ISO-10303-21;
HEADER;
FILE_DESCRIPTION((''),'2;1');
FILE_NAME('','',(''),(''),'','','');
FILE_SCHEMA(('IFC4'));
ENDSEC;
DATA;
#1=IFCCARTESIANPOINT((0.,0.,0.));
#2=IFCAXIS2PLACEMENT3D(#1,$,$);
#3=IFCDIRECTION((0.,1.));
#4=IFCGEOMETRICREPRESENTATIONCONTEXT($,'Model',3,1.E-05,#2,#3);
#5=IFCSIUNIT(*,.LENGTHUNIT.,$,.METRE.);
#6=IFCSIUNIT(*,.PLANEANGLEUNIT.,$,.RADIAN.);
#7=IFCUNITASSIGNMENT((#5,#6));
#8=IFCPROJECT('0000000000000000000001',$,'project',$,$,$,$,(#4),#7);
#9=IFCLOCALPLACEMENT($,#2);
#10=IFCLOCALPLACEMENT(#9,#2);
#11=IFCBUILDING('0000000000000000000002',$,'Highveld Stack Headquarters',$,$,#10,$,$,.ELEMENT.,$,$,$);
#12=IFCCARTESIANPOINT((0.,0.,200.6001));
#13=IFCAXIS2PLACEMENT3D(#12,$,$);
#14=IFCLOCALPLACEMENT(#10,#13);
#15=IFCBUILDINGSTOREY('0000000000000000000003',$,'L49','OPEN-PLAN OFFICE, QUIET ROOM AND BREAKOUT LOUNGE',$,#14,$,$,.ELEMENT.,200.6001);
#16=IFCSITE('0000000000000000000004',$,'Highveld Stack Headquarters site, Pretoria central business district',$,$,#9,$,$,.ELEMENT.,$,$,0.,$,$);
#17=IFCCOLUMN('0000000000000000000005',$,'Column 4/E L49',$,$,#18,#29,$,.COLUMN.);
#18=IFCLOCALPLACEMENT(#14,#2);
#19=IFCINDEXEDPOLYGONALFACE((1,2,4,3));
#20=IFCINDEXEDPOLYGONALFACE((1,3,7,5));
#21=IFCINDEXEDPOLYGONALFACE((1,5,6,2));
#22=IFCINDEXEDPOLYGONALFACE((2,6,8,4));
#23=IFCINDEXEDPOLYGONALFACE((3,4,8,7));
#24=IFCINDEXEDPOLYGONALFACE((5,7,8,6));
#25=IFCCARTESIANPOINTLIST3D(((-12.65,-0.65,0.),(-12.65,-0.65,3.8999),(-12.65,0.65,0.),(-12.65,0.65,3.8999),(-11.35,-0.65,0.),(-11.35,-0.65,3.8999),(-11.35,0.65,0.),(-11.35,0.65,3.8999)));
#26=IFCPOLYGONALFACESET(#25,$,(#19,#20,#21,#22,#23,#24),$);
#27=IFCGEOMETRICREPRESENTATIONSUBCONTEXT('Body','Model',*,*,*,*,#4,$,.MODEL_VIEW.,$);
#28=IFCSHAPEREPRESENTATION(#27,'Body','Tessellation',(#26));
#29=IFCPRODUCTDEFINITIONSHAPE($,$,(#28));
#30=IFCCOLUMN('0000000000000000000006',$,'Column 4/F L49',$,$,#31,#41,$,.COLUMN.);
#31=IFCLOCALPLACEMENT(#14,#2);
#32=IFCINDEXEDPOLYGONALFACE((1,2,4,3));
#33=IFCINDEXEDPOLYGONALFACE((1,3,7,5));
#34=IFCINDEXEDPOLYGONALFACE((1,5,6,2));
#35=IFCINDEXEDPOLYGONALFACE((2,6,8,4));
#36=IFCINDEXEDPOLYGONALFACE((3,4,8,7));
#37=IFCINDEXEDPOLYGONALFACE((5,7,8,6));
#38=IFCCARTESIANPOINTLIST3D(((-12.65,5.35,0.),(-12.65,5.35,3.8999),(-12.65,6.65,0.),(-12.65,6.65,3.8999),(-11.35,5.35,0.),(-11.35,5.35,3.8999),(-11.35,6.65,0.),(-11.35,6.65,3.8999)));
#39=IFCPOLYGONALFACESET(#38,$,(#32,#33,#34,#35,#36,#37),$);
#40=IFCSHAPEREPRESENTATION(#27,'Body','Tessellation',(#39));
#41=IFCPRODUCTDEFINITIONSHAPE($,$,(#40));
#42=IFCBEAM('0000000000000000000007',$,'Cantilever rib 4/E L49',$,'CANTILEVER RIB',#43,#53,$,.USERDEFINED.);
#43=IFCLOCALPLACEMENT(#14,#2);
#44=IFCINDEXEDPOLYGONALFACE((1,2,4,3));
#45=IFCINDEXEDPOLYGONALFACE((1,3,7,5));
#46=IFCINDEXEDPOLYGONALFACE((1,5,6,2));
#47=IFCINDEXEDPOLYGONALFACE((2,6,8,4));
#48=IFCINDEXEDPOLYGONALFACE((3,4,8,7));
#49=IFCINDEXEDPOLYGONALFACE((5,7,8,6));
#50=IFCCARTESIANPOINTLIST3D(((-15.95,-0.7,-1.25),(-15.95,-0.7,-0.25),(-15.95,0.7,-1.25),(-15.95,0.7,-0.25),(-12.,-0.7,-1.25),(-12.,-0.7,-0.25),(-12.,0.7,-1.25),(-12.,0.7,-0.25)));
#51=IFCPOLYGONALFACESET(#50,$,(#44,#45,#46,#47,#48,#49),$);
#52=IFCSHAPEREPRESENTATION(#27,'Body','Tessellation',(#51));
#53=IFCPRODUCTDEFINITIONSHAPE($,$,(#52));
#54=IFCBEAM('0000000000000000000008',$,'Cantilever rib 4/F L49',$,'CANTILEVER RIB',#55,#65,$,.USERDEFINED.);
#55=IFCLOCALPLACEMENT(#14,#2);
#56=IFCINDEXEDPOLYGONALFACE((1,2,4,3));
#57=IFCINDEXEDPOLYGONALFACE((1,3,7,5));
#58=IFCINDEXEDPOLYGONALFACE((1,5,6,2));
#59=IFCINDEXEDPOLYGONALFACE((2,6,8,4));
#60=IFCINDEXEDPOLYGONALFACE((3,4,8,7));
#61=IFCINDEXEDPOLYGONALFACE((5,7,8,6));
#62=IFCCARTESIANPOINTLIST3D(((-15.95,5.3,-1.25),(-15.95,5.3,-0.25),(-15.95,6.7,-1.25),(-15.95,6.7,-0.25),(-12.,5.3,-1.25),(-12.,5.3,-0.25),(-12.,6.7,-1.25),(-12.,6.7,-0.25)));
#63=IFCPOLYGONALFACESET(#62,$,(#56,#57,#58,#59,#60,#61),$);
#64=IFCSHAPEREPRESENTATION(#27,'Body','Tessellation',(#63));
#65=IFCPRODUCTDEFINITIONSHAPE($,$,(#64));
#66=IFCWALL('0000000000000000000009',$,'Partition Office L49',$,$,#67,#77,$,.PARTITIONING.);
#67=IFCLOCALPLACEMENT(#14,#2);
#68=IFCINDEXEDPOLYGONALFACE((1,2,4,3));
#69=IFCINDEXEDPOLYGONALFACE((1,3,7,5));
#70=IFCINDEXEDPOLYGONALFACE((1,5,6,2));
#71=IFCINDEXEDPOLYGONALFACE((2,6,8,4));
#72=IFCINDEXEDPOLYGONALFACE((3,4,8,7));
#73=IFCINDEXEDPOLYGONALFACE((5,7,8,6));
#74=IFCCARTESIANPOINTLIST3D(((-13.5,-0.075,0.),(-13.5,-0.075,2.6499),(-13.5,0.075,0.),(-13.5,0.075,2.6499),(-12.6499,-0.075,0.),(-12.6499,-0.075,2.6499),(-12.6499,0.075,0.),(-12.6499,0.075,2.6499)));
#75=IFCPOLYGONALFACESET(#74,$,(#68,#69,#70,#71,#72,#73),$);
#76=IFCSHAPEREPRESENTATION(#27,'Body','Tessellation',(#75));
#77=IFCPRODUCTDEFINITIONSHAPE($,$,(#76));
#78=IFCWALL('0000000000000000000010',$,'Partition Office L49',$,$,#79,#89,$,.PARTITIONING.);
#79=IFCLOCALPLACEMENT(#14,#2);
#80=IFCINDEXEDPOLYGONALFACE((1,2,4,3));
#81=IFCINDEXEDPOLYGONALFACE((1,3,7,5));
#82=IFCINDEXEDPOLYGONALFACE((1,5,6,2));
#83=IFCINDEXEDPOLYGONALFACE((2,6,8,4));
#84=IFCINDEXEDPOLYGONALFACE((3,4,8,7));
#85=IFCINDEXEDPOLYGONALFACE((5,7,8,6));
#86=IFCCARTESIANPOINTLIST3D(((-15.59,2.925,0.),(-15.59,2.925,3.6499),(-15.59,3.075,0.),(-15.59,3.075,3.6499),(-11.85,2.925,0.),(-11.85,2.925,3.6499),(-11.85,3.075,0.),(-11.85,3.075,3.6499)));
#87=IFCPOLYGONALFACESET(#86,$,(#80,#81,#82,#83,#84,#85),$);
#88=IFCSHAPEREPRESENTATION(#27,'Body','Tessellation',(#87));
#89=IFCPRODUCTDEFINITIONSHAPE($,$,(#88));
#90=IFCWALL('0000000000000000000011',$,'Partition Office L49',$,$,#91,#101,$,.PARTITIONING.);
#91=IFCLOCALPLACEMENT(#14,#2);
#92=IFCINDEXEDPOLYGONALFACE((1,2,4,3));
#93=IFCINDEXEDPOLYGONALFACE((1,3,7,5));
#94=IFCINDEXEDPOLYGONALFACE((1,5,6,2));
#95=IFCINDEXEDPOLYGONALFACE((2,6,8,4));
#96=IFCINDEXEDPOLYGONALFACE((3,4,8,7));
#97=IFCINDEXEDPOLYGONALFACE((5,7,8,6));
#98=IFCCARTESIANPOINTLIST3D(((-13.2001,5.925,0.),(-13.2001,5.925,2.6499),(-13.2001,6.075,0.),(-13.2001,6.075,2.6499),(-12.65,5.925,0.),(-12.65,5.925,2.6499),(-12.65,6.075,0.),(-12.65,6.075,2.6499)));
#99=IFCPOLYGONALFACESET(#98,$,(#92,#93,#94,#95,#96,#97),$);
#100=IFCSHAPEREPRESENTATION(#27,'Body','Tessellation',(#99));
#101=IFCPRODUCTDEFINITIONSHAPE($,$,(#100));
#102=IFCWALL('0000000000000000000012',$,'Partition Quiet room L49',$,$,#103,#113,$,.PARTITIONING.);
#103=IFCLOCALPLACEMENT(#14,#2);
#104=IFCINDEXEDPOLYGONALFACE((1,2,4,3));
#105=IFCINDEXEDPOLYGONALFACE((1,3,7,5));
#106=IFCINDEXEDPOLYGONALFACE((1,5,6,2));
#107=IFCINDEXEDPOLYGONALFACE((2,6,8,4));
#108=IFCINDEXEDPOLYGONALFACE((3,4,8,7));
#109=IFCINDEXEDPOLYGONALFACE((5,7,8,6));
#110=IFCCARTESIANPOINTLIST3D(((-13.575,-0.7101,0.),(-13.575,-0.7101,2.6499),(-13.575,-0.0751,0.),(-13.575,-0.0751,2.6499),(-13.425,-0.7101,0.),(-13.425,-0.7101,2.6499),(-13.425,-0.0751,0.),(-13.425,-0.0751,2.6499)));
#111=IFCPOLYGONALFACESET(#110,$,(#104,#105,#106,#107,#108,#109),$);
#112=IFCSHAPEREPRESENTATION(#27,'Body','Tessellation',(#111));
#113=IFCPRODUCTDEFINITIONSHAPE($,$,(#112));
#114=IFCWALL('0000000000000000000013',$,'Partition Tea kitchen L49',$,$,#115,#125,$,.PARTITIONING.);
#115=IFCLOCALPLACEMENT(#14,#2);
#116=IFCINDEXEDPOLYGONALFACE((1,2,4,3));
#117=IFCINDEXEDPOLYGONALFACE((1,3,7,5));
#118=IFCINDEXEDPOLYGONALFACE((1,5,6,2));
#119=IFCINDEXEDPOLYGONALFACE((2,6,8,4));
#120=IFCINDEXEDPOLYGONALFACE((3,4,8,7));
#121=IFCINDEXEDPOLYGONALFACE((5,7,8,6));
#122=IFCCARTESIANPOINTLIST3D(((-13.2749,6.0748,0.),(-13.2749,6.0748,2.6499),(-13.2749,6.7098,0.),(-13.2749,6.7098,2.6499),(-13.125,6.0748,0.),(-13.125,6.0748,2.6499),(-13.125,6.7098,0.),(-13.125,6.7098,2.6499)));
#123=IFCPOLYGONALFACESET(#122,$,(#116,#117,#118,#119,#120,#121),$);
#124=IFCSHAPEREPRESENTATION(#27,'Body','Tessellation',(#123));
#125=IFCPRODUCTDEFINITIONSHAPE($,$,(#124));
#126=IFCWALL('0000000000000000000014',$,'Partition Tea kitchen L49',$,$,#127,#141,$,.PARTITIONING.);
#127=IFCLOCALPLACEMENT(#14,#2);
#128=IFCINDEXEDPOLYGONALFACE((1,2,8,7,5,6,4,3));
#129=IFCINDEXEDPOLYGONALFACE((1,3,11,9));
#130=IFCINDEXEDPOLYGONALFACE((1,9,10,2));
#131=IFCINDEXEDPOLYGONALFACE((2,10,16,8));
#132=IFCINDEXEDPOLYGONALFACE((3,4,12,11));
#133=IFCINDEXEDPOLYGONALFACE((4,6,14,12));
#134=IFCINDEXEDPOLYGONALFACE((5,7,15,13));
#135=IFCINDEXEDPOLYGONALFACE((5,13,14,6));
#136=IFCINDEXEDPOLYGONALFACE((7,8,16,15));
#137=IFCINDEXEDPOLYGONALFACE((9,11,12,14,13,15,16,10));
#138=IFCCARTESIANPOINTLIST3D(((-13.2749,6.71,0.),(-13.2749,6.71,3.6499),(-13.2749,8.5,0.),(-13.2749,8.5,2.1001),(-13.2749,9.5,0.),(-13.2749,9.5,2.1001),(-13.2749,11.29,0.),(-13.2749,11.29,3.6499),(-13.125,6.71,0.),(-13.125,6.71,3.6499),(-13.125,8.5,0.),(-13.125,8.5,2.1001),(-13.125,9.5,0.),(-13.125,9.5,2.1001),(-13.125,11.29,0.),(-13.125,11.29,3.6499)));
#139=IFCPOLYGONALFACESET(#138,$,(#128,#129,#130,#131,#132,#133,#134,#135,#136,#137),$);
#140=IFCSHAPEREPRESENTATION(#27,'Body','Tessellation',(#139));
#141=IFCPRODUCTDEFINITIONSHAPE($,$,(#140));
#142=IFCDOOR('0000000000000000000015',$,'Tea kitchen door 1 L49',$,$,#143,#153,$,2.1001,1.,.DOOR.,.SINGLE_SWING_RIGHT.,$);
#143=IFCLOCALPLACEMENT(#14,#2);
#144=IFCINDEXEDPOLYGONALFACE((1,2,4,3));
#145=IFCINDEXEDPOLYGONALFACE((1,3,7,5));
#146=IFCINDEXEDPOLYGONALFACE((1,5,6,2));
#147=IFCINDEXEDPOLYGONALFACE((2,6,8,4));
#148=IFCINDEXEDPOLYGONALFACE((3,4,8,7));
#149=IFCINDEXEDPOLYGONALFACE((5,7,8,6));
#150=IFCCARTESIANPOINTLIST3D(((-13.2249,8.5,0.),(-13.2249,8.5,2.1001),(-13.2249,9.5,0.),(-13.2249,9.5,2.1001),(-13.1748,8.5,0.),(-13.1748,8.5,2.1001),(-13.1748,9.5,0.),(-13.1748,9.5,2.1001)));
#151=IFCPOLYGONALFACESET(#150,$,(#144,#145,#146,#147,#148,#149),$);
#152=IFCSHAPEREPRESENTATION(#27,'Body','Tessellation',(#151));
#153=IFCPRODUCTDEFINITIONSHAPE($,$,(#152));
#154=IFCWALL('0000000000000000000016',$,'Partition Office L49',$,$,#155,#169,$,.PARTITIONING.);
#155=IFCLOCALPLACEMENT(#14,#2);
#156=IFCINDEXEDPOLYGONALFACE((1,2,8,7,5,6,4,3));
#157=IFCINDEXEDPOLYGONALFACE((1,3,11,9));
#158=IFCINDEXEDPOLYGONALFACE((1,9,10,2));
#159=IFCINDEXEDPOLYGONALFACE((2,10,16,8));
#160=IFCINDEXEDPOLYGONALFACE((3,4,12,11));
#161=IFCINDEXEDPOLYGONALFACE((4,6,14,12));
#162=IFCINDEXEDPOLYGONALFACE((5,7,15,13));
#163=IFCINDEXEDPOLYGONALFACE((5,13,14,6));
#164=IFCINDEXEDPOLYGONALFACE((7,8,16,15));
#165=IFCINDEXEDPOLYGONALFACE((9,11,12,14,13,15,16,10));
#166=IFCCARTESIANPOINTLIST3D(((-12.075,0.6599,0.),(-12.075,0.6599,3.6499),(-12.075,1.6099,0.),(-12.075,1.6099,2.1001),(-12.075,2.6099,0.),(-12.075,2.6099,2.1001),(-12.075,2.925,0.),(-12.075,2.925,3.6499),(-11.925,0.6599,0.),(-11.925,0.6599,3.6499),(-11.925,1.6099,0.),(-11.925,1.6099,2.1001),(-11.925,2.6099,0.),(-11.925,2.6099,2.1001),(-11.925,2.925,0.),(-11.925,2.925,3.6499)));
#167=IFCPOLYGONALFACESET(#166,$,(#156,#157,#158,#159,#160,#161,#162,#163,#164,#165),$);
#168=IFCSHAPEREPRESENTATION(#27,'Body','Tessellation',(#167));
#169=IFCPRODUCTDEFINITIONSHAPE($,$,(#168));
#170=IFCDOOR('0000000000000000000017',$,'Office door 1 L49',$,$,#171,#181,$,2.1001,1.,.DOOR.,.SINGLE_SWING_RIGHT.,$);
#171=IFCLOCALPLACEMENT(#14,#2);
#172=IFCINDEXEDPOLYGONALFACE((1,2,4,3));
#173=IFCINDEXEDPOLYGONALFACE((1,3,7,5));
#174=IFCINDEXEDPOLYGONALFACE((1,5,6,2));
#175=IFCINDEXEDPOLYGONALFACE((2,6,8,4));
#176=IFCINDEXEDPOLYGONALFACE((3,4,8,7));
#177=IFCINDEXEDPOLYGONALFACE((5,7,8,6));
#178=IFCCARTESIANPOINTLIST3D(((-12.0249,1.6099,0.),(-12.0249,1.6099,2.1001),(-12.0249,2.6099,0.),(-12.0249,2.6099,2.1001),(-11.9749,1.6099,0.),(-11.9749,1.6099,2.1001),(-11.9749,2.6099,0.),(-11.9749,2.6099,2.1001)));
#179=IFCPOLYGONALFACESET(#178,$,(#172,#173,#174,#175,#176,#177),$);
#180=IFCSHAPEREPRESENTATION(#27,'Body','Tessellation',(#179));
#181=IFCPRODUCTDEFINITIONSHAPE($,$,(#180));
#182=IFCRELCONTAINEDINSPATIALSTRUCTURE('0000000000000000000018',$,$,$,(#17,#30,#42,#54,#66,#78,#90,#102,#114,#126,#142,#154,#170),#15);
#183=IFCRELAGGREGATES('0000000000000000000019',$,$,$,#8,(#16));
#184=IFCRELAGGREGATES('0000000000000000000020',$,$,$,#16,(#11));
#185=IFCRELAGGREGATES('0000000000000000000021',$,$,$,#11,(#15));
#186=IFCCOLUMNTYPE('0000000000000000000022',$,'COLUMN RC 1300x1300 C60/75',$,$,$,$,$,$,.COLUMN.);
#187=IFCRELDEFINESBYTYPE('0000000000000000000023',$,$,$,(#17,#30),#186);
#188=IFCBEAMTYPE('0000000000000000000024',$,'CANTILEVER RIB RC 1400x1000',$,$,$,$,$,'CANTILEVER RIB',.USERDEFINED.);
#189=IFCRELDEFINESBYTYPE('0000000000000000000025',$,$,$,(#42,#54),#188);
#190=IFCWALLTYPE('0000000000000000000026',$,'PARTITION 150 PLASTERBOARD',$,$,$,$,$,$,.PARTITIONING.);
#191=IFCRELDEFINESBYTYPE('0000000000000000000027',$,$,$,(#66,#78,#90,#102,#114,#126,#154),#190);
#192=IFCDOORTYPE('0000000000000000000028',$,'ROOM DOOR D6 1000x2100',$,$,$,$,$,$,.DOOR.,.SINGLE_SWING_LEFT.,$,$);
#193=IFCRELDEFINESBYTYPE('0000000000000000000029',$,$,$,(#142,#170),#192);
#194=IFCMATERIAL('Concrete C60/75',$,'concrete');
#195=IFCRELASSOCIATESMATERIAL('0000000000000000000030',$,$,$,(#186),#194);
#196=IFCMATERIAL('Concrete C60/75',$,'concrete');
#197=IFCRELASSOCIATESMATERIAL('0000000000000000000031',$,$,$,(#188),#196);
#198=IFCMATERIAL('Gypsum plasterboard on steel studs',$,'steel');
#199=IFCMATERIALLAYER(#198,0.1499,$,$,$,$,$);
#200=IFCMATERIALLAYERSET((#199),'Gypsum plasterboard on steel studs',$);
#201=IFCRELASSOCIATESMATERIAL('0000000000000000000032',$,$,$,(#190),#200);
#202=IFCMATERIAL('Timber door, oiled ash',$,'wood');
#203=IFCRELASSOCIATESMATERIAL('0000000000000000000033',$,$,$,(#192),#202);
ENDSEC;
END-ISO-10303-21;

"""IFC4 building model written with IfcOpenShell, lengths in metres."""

from ifc_helpers import new_model, si_unit, direction, frame, frame_2d, origin, origin_2d, place, context, subcontext, project, spatial, rectangle, extrude, material, layer, layer_set, material_profile, profile_set, type_object, element, fill, save


model = new_model("IFC4")

# Units and contexts
model_context = context("Model", 3, precision=1e-05, world=origin(), true_north=direction((0.0, 1.0)))
body_context = subcontext(model_context, "Body", "Model", "MODEL_VIEW")
ifc_project = project(units=[si_unit("LENGTHUNIT", "METRE"), si_unit("PLANEANGLEUNIT", "RADIAN")], contexts=[model_context])

# Site, building, storey
site_placement = place(None, origin())
site = spatial("IfcSite", under=ifc_project, at=site_placement, Name="Highveld Stack Headquarters site, Pretoria central business district", CompositionType="ELEMENT", RefElevation=0.0)
building_placement = place(site_placement, origin())
building = spatial("IfcBuilding", under=site, at=building_placement, Name="Highveld Stack Headquarters", CompositionType="ELEMENT")
storey_placement = place(building_placement, frame((0.0, 0.0, 200.6001)))
storey = spatial("IfcBuildingStorey", under=building, at=storey_placement, Name="L49", Description="OPEN-PLAN OFFICE, QUIET ROOM AND BREAKOUT LOUNGE", CompositionType="ELEMENT", Elevation=200.6001)

# Columns
ifc_material_1 = material(Name="Concrete C60/75", Category="concrete")
ifc_material_profile_1 = material_profile(ifc_material_1, rectangle(XDim=1.3, YDim=1.3, at=origin_2d()), Name="RC 1300x1300")
ifc_profile_set_1 = profile_set([ifc_material_profile_1], Name="Concrete C60/75")
column_type = type_object("IfcColumnType", Name="COLUMN RC 1300x1300 C60/75", PredefinedType="COLUMN", material=ifc_profile_set_1)
for number, where, z_axis, x_axis, name in (
    (1, (-12.0, 0.0, 0.0), (0.0, 0.0, 1.0), (1.0, 0.0, 0.0), "Column 4/E L49"),
    (2, (-12.0, 6.0, 0.0), (0.0, 0.0, 1.0), (1.0, 0.0, 0.0), "Column 4/F L49"),
):
    element("IfcColumn", number, at=place(storey_placement, frame(where, z_axis=z_axis, x_axis=x_axis)), inside=storey, type_object=column_type, Name=name, PredefinedType="COLUMN", context=body_context, shape_type="SweptSolid", body=[
        extrude(rectangle(XDim=1.3, YDim=1.3, at=origin_2d()), origin(), (0.0, 0.0, 1.0), 3.8999),
    ])

# Beams
ifc_material_2 = material(Name="Concrete C60/75", Category="concrete")
ifc_material_profile_2 = material_profile(ifc_material_2, rectangle(XDim=1.3999, YDim=1.0, at=origin_2d()), Name="RC 1400x1000")
ifc_profile_set_2 = profile_set([ifc_material_profile_2], Name="Concrete C60/75")
beam_type = type_object("IfcBeamType", Name="CANTILEVER RIB RC 1400x1000", ElementType="CANTILEVER RIB", PredefinedType="USERDEFINED", material=ifc_profile_set_2)
for number, where, z_axis, x_axis, name in (
    (3, (-12.0, 0.0, -0.75), (-1.0, 0.0, 0.0), (0.0, -1.0, 0.0), "Cantilever rib 4/E L49"),
    (4, (-12.0, 6.0, -0.75), (-1.0, 0.0, 0.0), (0.0, -1.0, 0.0), "Cantilever rib 4/F L49"),
):
    element("IfcBeam", number, at=place(storey_placement, frame(where, z_axis=z_axis, x_axis=x_axis)), inside=storey, type_object=beam_type, Name=name, ObjectType="CANTILEVER RIB", PredefinedType="USERDEFINED", context=body_context, shape_type="SweptSolid", body=[
        extrude(rectangle(XDim=1.3999, YDim=1.0, at=origin_2d()), origin(), (0.0, 0.0, 1.0), 3.95),
    ])

# Walls
ifc_material_3 = material(Name="Gypsum plasterboard on steel studs", Category="steel")
ifc_layer = layer(ifc_material_3, 0.1499)
ifc_layer_set = layer_set([ifc_layer], Name="Gypsum plasterboard on steel studs")
wall_type = type_object("IfcWallType", Name="PARTITION 150 PLASTERBOARD", PredefinedType="PARTITIONING", material=ifc_layer_set)
wall_1_placement = place(storey_placement, frame((-13.5, 0.0, 0.0), z_axis=(0.0, 0.0, 1.0), x_axis=(1.0, 0.0, 0.0)))
element("IfcWall", 5, at=wall_1_placement, inside=storey, type_object=wall_type, Name="Partition Office L49", PredefinedType="PARTITIONING", context=body_context, shape_type="SweptSolid", body=[
    extrude(rectangle(XDim=0.8501, YDim=0.1499, at=frame_2d((0.425, 0.0))), origin(), (0.0, 0.0, 1.0), 2.6499),
])
wall_2_placement = place(storey_placement, frame((-15.5901, 3.0, 0.0), z_axis=(0.0, 0.0, 1.0), x_axis=(1.0, 0.0, 0.0)))
element("IfcWall", 6, at=wall_2_placement, inside=storey, type_object=wall_type, Name="Partition Office L49", PredefinedType="PARTITIONING", context=body_context, shape_type="SweptSolid", body=[
    extrude(rectangle(XDim=3.74, YDim=0.1499, at=frame_2d((1.8701, 0.0))), origin(), (0.0, 0.0, 1.0), 3.6499),
])
wall_3_placement = place(storey_placement, frame((-13.2, 6.0, 0.0), z_axis=(0.0, 0.0, 1.0), x_axis=(1.0, 0.0, 0.0)))
element("IfcWall", 7, at=wall_3_placement, inside=storey, type_object=wall_type, Name="Partition Office L49", PredefinedType="PARTITIONING", context=body_context, shape_type="SweptSolid", body=[
    extrude(rectangle(XDim=0.55, YDim=0.1499, at=frame_2d((0.2749, 0.0))), origin(), (0.0, 0.0, 1.0), 2.6499),
])
for number, where, z_axis, x_axis, name in (
    (8, (-13.5, -0.71, 0.0), (0.0, 0.0, 1.0), (0.0, 1.0, 0.0), "Partition Quiet room L49"),
    (9, (-13.2, 6.075, 0.0), (0.0, 0.0, 1.0), (0.0, 1.0, 0.0), "Partition Tea kitchen L49"),
):
    element("IfcWall", number, at=place(storey_placement, frame(where, z_axis=z_axis, x_axis=x_axis)), inside=storey, type_object=wall_type, Name=name, PredefinedType="PARTITIONING", context=body_context, shape_type="SweptSolid", body=[
        extrude(rectangle(XDim=0.635, YDim=0.1499, at=frame_2d((0.3174, 0.0))), origin(), (0.0, 0.0, 1.0), 2.6499),
    ])

# Walls, openings, doors
wall_4_placement = place(storey_placement, frame((-13.2, 6.71, 0.0), z_axis=(0.0, 0.0, 1.0), x_axis=(0.0, 1.0, 0.0)))
wall_4 = element("IfcWall", 10, at=wall_4_placement, inside=storey, type_object=wall_type, Name="Partition Tea kitchen L49", PredefinedType="PARTITIONING", context=body_context, shape_type="SweptSolid", body=[
    extrude(rectangle(XDim=4.5801, YDim=0.1499, at=frame_2d((2.29, 0.0))), origin(), (0.0, 0.0, 1.0), 3.6499),
])
opening_1_placement = place(wall_4_placement, frame((1.79, 0.0, 0.0)))
opening_1 = element("IfcOpeningElement", 11, at=opening_1_placement, cuts=wall_4, PredefinedType="OPENING", context=body_context, shape_type="SweptSolid", body=[
    extrude(rectangle(XDim=1.0, YDim=2.1001, at=frame_2d((0.5, 1.05))), frame((0.0, 0.085, 0.0), z_axis=(0.0, -1.0, 0.0), x_axis=(1.0, 0.0, 0.0)), (0.0, 0.0, 1.0), 0.1699),
])
ifc_material_4 = material(Name="Timber door, oiled ash", Category="wood")
door_type = type_object("IfcDoorType", Name="ROOM DOOR D6 1000x2100", OperationType="SINGLE_SWING_LEFT", PredefinedType="DOOR", material=ifc_material_4)
door_1_placement = place(opening_1_placement, origin())
door_1 = element("IfcDoor", 12, at=door_1_placement, inside=storey, type_object=door_type, Name="Tea kitchen door 1 L49", OperationType="SINGLE_SWING_RIGHT", OverallHeight=2.1001, OverallWidth=1.0, PredefinedType="DOOR", context=body_context, shape_type="SweptSolid", body=[
    extrude(rectangle(XDim=1.0, YDim=2.1001, at=frame_2d((0.5, 1.05))), frame((0.0, 0.0249, 0.0), z_axis=(0.0, -1.0, 0.0), x_axis=(1.0, 0.0, 0.0)), (0.0, 0.0, 1.0), 0.05),
])
fill(opening_1, door_1)
wall_5_placement = place(storey_placement, frame((-12.0, 0.6599, 0.0), z_axis=(0.0, 0.0, 1.0), x_axis=(0.0, 1.0, 0.0)))
wall_5 = element("IfcWall", 13, at=wall_5_placement, inside=storey, type_object=wall_type, Name="Partition Office L49", PredefinedType="PARTITIONING", context=body_context, shape_type="SweptSolid", body=[
    extrude(rectangle(XDim=2.2651, YDim=0.1499, at=frame_2d((1.1326, 0.0))), origin(), (0.0, 0.0, 1.0), 3.6499),
])
opening_2_placement = place(wall_5_placement, frame((0.95, 0.0, 0.0)))
opening_2 = element("IfcOpeningElement", 14, at=opening_2_placement, cuts=wall_5, PredefinedType="OPENING", context=body_context, shape_type="SweptSolid", body=[
    extrude(rectangle(XDim=1.0, YDim=2.1001, at=frame_2d((0.5, 1.05))), frame((0.0, 0.085, 0.0), z_axis=(0.0, -1.0, 0.0), x_axis=(1.0, 0.0, 0.0)), (0.0, 0.0, 1.0), 0.1699),
])
door_2_placement = place(opening_2_placement, origin())
door_2 = element("IfcDoor", 15, at=door_2_placement, inside=storey, type_object=door_type, Name="Office door 1 L49", OperationType="SINGLE_SWING_RIGHT", OverallHeight=2.1001, OverallWidth=1.0, PredefinedType="DOOR", context=body_context, shape_type="SweptSolid", body=[
    extrude(rectangle(XDim=1.0, YDim=2.1001, at=frame_2d((0.5, 1.05))), frame((0.0, 0.0249, 0.0), z_axis=(0.0, -1.0, 0.0), x_axis=(1.0, 0.0, 0.0)), (0.0, 0.0, 1.0), 0.05),
])
fill(opening_2, door_2)

save(model, "model.ifc")
